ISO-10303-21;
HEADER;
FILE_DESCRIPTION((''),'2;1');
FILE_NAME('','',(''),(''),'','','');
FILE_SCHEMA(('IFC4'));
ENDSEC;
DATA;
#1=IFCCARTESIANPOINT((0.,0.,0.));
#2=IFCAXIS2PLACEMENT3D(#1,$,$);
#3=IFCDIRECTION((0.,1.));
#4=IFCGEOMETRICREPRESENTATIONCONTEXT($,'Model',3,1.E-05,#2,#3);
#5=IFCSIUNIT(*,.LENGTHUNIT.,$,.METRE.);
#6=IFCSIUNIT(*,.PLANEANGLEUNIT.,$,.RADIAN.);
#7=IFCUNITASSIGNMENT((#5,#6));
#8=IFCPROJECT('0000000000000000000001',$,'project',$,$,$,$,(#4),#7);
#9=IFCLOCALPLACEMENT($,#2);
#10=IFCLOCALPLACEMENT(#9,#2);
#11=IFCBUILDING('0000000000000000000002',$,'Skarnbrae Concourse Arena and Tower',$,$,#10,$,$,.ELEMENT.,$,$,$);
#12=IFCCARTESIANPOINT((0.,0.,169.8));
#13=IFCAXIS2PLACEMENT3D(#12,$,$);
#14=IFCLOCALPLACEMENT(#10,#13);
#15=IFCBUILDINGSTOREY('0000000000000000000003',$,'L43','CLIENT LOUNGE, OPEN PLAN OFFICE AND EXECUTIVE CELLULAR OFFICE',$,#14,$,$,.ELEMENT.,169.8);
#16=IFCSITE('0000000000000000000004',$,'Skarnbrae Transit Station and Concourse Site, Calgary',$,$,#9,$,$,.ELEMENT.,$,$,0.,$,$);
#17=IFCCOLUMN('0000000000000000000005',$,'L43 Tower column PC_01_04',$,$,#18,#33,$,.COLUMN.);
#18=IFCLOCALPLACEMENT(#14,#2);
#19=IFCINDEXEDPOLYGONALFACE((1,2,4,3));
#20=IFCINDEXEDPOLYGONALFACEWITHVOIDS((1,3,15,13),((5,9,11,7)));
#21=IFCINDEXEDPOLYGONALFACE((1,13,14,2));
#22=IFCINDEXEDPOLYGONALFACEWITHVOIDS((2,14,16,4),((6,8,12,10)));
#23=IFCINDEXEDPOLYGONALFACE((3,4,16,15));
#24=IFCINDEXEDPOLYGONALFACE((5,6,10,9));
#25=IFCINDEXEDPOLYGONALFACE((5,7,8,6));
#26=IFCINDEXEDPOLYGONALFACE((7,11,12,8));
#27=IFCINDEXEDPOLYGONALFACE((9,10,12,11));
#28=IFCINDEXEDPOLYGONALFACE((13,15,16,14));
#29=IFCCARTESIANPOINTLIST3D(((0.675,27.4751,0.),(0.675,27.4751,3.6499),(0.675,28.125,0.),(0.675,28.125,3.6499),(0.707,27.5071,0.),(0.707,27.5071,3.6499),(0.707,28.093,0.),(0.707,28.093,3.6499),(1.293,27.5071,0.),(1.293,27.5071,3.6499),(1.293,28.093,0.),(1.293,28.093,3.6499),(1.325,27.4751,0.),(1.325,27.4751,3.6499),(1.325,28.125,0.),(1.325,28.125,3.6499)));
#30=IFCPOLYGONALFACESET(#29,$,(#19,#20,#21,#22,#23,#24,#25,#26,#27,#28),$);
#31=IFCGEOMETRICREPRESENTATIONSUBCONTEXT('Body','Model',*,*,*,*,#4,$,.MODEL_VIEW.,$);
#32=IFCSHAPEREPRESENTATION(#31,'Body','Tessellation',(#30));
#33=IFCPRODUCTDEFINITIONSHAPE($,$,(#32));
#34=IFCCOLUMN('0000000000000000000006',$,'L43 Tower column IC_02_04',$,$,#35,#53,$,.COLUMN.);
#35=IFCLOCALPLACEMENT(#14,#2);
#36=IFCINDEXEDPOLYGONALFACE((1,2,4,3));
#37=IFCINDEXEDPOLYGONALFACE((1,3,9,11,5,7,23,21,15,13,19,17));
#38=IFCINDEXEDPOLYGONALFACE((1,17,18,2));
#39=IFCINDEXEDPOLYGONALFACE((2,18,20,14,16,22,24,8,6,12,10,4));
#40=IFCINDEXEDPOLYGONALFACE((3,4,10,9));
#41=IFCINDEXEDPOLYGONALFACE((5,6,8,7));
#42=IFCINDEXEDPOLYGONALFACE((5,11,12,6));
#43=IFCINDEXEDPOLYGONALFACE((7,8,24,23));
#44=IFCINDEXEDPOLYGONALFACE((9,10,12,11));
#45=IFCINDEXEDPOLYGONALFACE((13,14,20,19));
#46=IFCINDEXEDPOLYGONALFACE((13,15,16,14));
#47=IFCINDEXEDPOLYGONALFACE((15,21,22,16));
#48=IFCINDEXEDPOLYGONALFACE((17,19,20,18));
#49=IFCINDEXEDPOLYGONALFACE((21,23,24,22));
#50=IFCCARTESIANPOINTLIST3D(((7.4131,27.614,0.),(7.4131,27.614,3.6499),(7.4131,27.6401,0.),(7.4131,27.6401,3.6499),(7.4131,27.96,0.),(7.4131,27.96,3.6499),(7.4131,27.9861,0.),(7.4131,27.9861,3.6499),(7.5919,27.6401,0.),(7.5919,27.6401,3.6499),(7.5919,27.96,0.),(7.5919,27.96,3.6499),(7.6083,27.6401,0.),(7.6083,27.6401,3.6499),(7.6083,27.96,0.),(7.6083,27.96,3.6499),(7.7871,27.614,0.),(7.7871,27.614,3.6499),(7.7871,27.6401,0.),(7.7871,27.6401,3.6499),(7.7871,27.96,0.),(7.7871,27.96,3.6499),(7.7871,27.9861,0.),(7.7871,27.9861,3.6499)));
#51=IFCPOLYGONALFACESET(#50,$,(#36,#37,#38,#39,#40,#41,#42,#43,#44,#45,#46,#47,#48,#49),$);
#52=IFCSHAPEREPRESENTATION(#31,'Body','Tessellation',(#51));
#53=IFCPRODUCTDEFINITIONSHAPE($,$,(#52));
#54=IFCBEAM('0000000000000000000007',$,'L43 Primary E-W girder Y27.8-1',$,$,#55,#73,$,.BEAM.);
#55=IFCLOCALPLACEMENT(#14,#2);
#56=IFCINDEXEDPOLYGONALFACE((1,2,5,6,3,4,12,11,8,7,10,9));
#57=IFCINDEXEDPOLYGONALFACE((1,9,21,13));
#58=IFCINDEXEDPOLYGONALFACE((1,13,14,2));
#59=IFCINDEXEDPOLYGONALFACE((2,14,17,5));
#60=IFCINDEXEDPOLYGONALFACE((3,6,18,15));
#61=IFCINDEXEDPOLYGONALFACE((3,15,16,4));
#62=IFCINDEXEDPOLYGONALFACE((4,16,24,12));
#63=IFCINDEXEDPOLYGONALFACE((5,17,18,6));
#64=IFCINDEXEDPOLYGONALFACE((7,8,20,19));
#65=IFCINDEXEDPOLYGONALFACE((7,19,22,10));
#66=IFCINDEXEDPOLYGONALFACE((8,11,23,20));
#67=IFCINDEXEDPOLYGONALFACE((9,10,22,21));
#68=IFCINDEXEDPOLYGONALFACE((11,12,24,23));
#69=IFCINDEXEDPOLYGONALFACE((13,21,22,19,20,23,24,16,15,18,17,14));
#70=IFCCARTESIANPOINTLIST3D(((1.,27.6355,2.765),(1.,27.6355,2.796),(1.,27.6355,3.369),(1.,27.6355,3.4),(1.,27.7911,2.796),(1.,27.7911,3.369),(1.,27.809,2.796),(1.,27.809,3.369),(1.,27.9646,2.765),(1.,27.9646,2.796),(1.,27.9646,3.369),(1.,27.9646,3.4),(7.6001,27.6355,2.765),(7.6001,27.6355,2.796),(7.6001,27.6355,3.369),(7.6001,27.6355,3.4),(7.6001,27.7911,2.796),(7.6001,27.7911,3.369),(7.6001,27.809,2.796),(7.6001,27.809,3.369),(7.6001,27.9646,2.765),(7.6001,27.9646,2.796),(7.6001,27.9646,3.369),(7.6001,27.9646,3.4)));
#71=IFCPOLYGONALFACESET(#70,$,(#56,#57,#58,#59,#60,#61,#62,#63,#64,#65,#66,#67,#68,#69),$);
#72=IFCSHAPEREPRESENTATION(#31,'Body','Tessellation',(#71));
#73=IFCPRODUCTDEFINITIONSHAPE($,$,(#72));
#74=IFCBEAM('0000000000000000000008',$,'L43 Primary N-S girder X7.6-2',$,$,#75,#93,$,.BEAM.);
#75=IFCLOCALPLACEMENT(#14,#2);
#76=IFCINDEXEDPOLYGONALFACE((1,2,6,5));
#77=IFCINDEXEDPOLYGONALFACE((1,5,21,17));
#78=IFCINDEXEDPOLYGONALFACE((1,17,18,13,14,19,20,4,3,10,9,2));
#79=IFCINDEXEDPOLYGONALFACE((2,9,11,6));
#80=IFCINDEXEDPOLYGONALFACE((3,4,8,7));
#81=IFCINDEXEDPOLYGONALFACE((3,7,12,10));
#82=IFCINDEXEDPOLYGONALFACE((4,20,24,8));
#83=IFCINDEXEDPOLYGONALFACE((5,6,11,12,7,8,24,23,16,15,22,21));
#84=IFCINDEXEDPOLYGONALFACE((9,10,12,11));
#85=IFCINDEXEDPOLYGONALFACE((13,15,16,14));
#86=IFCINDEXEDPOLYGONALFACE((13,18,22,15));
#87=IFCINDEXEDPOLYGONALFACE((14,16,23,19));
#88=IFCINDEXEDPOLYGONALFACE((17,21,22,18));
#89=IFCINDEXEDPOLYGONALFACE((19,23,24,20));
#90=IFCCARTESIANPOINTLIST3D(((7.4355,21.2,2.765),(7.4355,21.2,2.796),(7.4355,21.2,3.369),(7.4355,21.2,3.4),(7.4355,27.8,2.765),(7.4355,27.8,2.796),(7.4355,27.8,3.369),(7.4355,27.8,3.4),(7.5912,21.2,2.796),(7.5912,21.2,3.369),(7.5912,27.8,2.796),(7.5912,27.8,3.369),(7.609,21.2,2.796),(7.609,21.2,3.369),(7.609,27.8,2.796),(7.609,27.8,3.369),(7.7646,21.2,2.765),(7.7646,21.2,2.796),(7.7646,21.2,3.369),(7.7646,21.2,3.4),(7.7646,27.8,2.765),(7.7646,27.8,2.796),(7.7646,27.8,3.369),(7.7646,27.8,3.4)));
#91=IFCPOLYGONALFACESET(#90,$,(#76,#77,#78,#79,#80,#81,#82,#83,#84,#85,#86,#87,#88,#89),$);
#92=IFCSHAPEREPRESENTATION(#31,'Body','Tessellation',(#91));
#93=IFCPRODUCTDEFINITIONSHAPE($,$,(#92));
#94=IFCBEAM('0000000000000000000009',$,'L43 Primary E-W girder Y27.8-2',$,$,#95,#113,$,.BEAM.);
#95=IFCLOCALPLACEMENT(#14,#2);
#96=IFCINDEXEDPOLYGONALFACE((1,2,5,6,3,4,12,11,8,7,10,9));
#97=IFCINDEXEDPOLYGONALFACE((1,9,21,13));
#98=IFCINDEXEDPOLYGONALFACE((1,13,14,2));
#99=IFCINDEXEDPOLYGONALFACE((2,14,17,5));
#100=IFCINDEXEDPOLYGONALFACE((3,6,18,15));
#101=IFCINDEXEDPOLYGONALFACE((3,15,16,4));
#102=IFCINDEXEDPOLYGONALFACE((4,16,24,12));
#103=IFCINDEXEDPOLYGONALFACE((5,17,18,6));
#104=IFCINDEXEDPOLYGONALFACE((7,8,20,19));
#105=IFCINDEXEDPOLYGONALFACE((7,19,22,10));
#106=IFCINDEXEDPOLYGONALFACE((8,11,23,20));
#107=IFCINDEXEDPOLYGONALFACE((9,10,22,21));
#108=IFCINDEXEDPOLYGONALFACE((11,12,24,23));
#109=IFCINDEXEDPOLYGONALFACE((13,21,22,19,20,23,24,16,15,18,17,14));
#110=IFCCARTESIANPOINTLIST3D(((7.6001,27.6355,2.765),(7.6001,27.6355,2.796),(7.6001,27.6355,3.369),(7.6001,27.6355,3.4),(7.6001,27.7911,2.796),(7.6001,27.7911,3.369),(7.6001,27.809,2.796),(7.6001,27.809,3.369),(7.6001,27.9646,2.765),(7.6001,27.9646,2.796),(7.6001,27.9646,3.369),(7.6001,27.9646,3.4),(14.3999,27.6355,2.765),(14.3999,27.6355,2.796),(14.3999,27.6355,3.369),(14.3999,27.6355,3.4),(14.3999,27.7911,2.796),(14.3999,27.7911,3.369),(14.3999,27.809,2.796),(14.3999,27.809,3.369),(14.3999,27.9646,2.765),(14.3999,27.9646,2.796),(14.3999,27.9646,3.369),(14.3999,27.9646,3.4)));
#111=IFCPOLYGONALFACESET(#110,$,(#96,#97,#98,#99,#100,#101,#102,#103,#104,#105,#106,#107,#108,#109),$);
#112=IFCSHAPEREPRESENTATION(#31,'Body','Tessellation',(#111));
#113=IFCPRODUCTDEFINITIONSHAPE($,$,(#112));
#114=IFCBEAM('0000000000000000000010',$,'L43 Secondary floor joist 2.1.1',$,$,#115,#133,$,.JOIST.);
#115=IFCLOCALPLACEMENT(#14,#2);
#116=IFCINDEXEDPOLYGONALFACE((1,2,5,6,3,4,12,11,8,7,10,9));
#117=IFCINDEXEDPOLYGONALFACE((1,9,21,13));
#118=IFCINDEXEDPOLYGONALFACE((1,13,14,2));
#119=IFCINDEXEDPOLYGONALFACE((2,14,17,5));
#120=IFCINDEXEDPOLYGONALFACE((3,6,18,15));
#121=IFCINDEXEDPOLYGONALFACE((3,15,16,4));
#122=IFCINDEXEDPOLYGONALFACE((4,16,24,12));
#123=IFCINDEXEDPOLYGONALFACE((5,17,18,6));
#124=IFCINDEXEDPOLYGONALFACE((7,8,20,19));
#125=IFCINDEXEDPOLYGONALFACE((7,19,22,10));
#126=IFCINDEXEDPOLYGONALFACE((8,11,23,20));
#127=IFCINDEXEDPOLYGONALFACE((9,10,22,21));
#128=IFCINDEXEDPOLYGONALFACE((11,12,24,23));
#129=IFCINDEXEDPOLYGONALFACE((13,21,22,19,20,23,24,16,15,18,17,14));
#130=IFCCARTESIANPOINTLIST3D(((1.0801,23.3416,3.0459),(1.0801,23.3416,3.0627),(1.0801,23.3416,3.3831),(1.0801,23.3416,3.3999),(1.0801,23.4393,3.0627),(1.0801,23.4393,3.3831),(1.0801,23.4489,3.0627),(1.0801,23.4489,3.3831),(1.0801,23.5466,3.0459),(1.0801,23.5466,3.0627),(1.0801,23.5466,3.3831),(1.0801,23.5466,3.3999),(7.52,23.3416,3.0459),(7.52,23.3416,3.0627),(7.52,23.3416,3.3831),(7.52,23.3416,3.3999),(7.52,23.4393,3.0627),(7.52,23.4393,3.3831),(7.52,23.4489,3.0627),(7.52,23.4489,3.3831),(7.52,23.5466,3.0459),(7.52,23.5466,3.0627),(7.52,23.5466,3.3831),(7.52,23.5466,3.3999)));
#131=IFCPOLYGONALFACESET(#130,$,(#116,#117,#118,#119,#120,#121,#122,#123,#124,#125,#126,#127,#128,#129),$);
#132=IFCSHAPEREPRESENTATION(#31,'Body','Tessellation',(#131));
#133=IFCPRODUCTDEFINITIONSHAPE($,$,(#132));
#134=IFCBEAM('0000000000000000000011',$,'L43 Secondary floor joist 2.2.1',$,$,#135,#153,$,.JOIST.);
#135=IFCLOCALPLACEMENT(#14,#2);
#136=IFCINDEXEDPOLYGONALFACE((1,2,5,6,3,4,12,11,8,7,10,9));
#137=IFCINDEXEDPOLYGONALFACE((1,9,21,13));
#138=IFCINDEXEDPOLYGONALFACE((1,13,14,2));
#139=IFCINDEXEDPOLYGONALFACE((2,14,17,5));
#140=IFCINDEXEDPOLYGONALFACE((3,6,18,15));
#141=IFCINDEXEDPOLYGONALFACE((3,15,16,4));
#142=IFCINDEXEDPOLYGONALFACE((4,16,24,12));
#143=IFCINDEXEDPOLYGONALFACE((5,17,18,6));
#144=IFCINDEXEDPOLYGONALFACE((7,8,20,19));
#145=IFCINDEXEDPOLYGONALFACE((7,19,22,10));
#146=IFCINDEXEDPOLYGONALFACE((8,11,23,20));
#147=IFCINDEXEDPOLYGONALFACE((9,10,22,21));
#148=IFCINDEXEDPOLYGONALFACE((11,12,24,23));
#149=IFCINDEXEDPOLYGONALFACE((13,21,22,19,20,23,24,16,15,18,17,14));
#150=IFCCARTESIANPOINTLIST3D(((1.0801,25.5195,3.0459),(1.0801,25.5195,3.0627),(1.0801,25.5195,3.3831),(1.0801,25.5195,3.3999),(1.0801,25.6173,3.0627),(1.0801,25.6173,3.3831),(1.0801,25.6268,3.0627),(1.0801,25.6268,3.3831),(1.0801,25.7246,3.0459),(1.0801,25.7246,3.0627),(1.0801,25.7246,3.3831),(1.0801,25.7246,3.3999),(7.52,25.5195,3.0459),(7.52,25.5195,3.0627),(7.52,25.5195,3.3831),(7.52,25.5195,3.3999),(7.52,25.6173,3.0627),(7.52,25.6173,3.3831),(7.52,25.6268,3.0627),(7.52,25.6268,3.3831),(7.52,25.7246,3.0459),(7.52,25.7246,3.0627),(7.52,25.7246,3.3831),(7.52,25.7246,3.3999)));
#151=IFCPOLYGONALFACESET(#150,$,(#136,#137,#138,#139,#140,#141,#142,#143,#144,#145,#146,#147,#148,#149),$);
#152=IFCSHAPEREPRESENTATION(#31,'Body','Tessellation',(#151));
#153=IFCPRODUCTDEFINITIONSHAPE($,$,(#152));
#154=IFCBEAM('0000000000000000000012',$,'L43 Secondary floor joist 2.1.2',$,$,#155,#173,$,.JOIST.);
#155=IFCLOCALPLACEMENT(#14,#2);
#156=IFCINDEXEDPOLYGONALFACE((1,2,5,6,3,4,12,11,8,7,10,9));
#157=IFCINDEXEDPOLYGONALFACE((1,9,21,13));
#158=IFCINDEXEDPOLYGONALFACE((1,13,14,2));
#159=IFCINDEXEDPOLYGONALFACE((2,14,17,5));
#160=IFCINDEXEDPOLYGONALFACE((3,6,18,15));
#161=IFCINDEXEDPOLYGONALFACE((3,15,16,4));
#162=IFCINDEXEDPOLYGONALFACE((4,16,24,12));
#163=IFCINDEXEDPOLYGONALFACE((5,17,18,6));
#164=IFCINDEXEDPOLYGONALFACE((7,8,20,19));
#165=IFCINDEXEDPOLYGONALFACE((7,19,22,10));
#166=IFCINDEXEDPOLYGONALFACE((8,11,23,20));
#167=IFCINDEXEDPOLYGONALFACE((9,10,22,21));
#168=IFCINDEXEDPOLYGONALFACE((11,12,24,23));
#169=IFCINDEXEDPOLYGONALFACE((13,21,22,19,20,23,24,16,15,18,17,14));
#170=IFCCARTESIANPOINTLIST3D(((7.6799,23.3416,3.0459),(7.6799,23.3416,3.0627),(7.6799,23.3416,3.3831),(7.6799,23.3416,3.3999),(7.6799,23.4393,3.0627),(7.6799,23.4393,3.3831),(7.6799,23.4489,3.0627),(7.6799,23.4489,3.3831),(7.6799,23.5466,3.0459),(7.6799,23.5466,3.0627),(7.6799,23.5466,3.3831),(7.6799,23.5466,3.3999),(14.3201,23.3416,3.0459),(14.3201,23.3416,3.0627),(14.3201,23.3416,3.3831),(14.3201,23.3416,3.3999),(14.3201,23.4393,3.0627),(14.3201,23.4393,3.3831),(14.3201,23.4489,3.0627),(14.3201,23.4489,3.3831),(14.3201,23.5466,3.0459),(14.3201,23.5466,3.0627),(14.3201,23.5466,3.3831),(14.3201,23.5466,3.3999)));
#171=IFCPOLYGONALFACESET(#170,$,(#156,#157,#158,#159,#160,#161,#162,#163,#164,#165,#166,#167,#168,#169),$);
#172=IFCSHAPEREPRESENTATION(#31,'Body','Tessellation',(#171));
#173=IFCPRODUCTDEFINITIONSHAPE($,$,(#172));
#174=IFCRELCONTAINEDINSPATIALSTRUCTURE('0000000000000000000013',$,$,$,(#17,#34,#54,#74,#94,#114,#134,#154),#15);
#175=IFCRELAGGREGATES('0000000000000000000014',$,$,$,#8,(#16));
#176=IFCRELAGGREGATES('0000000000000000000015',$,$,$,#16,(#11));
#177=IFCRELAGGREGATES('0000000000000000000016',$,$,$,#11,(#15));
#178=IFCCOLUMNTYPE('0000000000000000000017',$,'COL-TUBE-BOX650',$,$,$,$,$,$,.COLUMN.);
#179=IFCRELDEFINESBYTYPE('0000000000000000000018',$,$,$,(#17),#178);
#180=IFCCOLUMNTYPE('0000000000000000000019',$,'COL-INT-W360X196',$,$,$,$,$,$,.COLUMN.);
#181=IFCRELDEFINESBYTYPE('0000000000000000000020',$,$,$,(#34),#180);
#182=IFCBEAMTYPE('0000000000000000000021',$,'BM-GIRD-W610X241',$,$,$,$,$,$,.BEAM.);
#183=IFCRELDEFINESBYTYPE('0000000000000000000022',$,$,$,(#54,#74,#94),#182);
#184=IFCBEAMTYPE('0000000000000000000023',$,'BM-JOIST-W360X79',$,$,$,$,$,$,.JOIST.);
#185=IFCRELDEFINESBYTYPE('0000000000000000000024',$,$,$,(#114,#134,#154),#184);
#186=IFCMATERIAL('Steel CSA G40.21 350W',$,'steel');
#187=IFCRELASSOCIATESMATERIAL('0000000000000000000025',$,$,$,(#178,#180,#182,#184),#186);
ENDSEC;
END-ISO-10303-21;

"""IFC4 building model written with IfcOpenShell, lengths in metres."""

from ifc_helpers import new_model, si_unit, direction, frame, origin, origin_2d, place, context, subcontext, project, spatial, hollow_rectangle, i_section, extrude, source, transform, mapped, material, material_profile, profile_set, type_object, element, save


model = new_model("IFC4")

# Units and contexts
model_context = context("Model", 3, precision=1e-05, world=origin(), true_north=direction((0.0, 1.0)))
body_context = subcontext(model_context, "Body", "Model", "MODEL_VIEW")
ifc_project = project(units=[si_unit("LENGTHUNIT", "METRE"), si_unit("PLANEANGLEUNIT", "RADIAN")], contexts=[model_context])

# Site, building, storey
site_placement = place(None, origin())
site = spatial("IfcSite", under=ifc_project, at=site_placement, Name="Skarnbrae Transit Station and Concourse Site, Calgary", CompositionType="ELEMENT", RefElevation=0.0)
building_placement = place(site_placement, origin())
building = spatial("IfcBuilding", under=site, at=building_placement, Name="Skarnbrae Concourse Arena and Tower", CompositionType="ELEMENT")
storey_placement = place(building_placement, frame((0.0, 0.0, 169.8)))
storey = spatial("IfcBuildingStorey", under=building, at=storey_placement, Name="L43", Description="CLIENT LOUNGE, OPEN PLAN OFFICE AND EXECUTIVE CELLULAR OFFICE", CompositionType="ELEMENT", Elevation=169.8)

# Columns
ifc_material_1 = material(Name="Steel CSA G40.21 350W", Category="steel")
ifc_material_profile_1 = material_profile(ifc_material_1, hollow_rectangle(XDim=0.6499, YDim=0.6499, WallThickness=0.032, at=origin_2d()), Name="BOX650X650X32")
ifc_profile_set_1 = profile_set([ifc_material_profile_1], Name="Steel CSA G40.21 350W")
column_type_1 = type_object("IfcColumnType", Name="COL-TUBE-BOX650", PredefinedType="COLUMN", material=ifc_profile_set_1)
shared_shape_1 = source(origin(), body_context, "Body", "SweptSolid", [
    extrude(hollow_rectangle(XDim=0.6499, YDim=0.6499, WallThickness=0.032, at=origin_2d()), origin(), (0.0, 0.0, 1.0), 3.6499),
])
column_1_placement = place(storey_placement, frame((1.0, 27.8, 0.0), z_axis=(0.0, 0.0, 1.0), x_axis=(1.0, 0.0, 0.0)))
element("IfcColumn", 1, at=column_1_placement, inside=storey, type_object=column_type_1, Name="L43 Tower column PC_01_04", PredefinedType="COLUMN", context=body_context, shape_type="MappedRepresentation", body=[
    mapped(shared_shape_1, transform((0.0, 0.0, 0.0))),
])
ifc_material_profile_2 = material_profile(ifc_material_1, i_section(OverallWidth=0.374, OverallDepth=0.3721, WebThickness=0.0164, FlangeThickness=0.0261, at=origin_2d()), Name="W360X196")
ifc_profile_set_2 = profile_set([ifc_material_profile_2], Name="Steel CSA G40.21 350W")
column_type_2 = type_object("IfcColumnType", Name="COL-INT-W360X196", PredefinedType="COLUMN", material=ifc_profile_set_2)
shared_shape_2 = source(origin(), body_context, "Body", "SweptSolid", [
    extrude(i_section(OverallWidth=0.374, OverallDepth=0.3721, WebThickness=0.0164, FlangeThickness=0.0261, at=origin_2d()), origin(), (0.0, 0.0, 1.0), 3.6499),
])
column_2_placement = place(storey_placement, frame((7.6001, 27.8, 0.0), z_axis=(0.0, 0.0, 1.0), x_axis=(1.0, 0.0, 0.0)))
element("IfcColumn", 2, at=column_2_placement, inside=storey, type_object=column_type_2, Name="L43 Tower column IC_02_04", PredefinedType="COLUMN", context=body_context, shape_type="MappedRepresentation", body=[
    mapped(shared_shape_2, transform((0.0, 0.0, 0.0))),
])

# Beams
ifc_material_profile_3 = material_profile(ifc_material_1, i_section(OverallWidth=0.3291, OverallDepth=0.635, WebThickness=0.0178, FlangeThickness=0.031, at=origin_2d()), Name="W610X241")
ifc_profile_set_3 = profile_set([ifc_material_profile_3], Name="Steel CSA G40.21 350W")
beam_type_1 = type_object("IfcBeamType", Name="BM-GIRD-W610X241", PredefinedType="BEAM", material=ifc_profile_set_3)
shared_shape_3 = source(origin(), body_context, "Body", "SweptSolid", [
    extrude(i_section(OverallWidth=0.3291, OverallDepth=0.635, WebThickness=0.0178, FlangeThickness=0.031, at=origin_2d()), origin(), (0.0, 0.0, 1.0), 6.6001),
])
for number, where, z_axis, x_axis, name in (
    (3, (1.0, 27.8, 3.0825), (1.0, 0.0, 0.0), (0.0, 1.0, 0.0), "L43 Primary E-W girder Y27.8-1"),
    (4, (7.6001, 21.2, 3.0825), (0.0, 1.0, 0.0), (-1.0, 0.0, 0.0), "L43 Primary N-S girder X7.6-2"),
):
    element("IfcBeam", number, at=place(storey_placement, frame(where, z_axis=z_axis, x_axis=x_axis)), inside=storey, type_object=beam_type_1, Name=name, PredefinedType="BEAM", context=body_context, shape_type="MappedRepresentation", body=[
        mapped(shared_shape_3, transform((0.0, 0.0, 0.0))),
    ])
shared_shape_4 = source(origin(), body_context, "Body", "SweptSolid", [
    extrude(i_section(OverallWidth=0.3291, OverallDepth=0.635, WebThickness=0.0178, FlangeThickness=0.031, at=origin_2d()), origin(), (0.0, 0.0, 1.0), 6.7998),
])
beam_placement = place(storey_placement, frame((7.6001, 27.8, 3.0825), z_axis=(1.0, 0.0, 0.0), x_axis=(0.0, 1.0, 0.0)))
element("IfcBeam", 5, at=beam_placement, inside=storey, type_object=beam_type_1, Name="L43 Primary E-W girder Y27.8-2", PredefinedType="BEAM", context=body_context, shape_type="MappedRepresentation", body=[
    mapped(shared_shape_4, transform((0.0, 0.0, 0.0))),
])
ifc_material_profile_4 = material_profile(ifc_material_1, i_section(OverallWidth=0.2051, OverallDepth=0.354, WebThickness=0.0095, FlangeThickness=0.0168, at=origin_2d()), Name="W360X79")
ifc_profile_set_4 = profile_set([ifc_material_profile_4], Name="Steel CSA G40.21 350W")
beam_type_2 = type_object("IfcBeamType", Name="BM-JOIST-W360X79", PredefinedType="JOIST", material=ifc_profile_set_4)
shared_shape_5 = source(origin(), body_context, "Body", "SweptSolid", [
    extrude(i_section(OverallWidth=0.2051, OverallDepth=0.354, WebThickness=0.0095, FlangeThickness=0.0168, at=origin_2d()), origin(), (0.0, 0.0, 1.0), 6.4399),
])
for number, where, z_axis, x_axis, name in (
    (6, (1.0801, 23.4441, 3.2229), (1.0, 0.0, 0.0), (0.0, 1.0, 0.0), "L43 Secondary floor joist 2.1.1"),
    (7, (1.0801, 25.6221, 3.2229), (1.0, 0.0, 0.0), (0.0, 1.0, 0.0), "L43 Secondary floor joist 2.2.1"),
):
    element("IfcBeam", number, at=place(storey_placement, frame(where, z_axis=z_axis, x_axis=x_axis)), inside=storey, type_object=beam_type_2, Name=name, PredefinedType="JOIST", context=body_context, shape_type="MappedRepresentation", body=[
        mapped(shared_shape_5, transform((0.0, 0.0, 0.0))),
    ])
shared_shape_6 = source(origin(), body_context, "Body", "SweptSolid", [
    extrude(i_section(OverallWidth=0.2051, OverallDepth=0.354, WebThickness=0.0095, FlangeThickness=0.0168, at=origin_2d()), origin(), (0.0, 0.0, 1.0), 6.6401),
])
for number, where, z_axis, x_axis, name in (
    (8, (7.6799, 23.4441, 3.2229), (1.0, 0.0, 0.0), (0.0, 1.0, 0.0), "L43 Secondary floor joist 2.1.2"),
):
    element("IfcBeam", number, at=place(storey_placement, frame(where, z_axis=z_axis, x_axis=x_axis)), inside=storey, type_object=beam_type_2, Name=name, PredefinedType="JOIST", context=body_context, shape_type="MappedRepresentation", body=[
        mapped(shared_shape_6, transform((0.0, 0.0, 0.0))),
    ])

save(model, "model.ifc")
